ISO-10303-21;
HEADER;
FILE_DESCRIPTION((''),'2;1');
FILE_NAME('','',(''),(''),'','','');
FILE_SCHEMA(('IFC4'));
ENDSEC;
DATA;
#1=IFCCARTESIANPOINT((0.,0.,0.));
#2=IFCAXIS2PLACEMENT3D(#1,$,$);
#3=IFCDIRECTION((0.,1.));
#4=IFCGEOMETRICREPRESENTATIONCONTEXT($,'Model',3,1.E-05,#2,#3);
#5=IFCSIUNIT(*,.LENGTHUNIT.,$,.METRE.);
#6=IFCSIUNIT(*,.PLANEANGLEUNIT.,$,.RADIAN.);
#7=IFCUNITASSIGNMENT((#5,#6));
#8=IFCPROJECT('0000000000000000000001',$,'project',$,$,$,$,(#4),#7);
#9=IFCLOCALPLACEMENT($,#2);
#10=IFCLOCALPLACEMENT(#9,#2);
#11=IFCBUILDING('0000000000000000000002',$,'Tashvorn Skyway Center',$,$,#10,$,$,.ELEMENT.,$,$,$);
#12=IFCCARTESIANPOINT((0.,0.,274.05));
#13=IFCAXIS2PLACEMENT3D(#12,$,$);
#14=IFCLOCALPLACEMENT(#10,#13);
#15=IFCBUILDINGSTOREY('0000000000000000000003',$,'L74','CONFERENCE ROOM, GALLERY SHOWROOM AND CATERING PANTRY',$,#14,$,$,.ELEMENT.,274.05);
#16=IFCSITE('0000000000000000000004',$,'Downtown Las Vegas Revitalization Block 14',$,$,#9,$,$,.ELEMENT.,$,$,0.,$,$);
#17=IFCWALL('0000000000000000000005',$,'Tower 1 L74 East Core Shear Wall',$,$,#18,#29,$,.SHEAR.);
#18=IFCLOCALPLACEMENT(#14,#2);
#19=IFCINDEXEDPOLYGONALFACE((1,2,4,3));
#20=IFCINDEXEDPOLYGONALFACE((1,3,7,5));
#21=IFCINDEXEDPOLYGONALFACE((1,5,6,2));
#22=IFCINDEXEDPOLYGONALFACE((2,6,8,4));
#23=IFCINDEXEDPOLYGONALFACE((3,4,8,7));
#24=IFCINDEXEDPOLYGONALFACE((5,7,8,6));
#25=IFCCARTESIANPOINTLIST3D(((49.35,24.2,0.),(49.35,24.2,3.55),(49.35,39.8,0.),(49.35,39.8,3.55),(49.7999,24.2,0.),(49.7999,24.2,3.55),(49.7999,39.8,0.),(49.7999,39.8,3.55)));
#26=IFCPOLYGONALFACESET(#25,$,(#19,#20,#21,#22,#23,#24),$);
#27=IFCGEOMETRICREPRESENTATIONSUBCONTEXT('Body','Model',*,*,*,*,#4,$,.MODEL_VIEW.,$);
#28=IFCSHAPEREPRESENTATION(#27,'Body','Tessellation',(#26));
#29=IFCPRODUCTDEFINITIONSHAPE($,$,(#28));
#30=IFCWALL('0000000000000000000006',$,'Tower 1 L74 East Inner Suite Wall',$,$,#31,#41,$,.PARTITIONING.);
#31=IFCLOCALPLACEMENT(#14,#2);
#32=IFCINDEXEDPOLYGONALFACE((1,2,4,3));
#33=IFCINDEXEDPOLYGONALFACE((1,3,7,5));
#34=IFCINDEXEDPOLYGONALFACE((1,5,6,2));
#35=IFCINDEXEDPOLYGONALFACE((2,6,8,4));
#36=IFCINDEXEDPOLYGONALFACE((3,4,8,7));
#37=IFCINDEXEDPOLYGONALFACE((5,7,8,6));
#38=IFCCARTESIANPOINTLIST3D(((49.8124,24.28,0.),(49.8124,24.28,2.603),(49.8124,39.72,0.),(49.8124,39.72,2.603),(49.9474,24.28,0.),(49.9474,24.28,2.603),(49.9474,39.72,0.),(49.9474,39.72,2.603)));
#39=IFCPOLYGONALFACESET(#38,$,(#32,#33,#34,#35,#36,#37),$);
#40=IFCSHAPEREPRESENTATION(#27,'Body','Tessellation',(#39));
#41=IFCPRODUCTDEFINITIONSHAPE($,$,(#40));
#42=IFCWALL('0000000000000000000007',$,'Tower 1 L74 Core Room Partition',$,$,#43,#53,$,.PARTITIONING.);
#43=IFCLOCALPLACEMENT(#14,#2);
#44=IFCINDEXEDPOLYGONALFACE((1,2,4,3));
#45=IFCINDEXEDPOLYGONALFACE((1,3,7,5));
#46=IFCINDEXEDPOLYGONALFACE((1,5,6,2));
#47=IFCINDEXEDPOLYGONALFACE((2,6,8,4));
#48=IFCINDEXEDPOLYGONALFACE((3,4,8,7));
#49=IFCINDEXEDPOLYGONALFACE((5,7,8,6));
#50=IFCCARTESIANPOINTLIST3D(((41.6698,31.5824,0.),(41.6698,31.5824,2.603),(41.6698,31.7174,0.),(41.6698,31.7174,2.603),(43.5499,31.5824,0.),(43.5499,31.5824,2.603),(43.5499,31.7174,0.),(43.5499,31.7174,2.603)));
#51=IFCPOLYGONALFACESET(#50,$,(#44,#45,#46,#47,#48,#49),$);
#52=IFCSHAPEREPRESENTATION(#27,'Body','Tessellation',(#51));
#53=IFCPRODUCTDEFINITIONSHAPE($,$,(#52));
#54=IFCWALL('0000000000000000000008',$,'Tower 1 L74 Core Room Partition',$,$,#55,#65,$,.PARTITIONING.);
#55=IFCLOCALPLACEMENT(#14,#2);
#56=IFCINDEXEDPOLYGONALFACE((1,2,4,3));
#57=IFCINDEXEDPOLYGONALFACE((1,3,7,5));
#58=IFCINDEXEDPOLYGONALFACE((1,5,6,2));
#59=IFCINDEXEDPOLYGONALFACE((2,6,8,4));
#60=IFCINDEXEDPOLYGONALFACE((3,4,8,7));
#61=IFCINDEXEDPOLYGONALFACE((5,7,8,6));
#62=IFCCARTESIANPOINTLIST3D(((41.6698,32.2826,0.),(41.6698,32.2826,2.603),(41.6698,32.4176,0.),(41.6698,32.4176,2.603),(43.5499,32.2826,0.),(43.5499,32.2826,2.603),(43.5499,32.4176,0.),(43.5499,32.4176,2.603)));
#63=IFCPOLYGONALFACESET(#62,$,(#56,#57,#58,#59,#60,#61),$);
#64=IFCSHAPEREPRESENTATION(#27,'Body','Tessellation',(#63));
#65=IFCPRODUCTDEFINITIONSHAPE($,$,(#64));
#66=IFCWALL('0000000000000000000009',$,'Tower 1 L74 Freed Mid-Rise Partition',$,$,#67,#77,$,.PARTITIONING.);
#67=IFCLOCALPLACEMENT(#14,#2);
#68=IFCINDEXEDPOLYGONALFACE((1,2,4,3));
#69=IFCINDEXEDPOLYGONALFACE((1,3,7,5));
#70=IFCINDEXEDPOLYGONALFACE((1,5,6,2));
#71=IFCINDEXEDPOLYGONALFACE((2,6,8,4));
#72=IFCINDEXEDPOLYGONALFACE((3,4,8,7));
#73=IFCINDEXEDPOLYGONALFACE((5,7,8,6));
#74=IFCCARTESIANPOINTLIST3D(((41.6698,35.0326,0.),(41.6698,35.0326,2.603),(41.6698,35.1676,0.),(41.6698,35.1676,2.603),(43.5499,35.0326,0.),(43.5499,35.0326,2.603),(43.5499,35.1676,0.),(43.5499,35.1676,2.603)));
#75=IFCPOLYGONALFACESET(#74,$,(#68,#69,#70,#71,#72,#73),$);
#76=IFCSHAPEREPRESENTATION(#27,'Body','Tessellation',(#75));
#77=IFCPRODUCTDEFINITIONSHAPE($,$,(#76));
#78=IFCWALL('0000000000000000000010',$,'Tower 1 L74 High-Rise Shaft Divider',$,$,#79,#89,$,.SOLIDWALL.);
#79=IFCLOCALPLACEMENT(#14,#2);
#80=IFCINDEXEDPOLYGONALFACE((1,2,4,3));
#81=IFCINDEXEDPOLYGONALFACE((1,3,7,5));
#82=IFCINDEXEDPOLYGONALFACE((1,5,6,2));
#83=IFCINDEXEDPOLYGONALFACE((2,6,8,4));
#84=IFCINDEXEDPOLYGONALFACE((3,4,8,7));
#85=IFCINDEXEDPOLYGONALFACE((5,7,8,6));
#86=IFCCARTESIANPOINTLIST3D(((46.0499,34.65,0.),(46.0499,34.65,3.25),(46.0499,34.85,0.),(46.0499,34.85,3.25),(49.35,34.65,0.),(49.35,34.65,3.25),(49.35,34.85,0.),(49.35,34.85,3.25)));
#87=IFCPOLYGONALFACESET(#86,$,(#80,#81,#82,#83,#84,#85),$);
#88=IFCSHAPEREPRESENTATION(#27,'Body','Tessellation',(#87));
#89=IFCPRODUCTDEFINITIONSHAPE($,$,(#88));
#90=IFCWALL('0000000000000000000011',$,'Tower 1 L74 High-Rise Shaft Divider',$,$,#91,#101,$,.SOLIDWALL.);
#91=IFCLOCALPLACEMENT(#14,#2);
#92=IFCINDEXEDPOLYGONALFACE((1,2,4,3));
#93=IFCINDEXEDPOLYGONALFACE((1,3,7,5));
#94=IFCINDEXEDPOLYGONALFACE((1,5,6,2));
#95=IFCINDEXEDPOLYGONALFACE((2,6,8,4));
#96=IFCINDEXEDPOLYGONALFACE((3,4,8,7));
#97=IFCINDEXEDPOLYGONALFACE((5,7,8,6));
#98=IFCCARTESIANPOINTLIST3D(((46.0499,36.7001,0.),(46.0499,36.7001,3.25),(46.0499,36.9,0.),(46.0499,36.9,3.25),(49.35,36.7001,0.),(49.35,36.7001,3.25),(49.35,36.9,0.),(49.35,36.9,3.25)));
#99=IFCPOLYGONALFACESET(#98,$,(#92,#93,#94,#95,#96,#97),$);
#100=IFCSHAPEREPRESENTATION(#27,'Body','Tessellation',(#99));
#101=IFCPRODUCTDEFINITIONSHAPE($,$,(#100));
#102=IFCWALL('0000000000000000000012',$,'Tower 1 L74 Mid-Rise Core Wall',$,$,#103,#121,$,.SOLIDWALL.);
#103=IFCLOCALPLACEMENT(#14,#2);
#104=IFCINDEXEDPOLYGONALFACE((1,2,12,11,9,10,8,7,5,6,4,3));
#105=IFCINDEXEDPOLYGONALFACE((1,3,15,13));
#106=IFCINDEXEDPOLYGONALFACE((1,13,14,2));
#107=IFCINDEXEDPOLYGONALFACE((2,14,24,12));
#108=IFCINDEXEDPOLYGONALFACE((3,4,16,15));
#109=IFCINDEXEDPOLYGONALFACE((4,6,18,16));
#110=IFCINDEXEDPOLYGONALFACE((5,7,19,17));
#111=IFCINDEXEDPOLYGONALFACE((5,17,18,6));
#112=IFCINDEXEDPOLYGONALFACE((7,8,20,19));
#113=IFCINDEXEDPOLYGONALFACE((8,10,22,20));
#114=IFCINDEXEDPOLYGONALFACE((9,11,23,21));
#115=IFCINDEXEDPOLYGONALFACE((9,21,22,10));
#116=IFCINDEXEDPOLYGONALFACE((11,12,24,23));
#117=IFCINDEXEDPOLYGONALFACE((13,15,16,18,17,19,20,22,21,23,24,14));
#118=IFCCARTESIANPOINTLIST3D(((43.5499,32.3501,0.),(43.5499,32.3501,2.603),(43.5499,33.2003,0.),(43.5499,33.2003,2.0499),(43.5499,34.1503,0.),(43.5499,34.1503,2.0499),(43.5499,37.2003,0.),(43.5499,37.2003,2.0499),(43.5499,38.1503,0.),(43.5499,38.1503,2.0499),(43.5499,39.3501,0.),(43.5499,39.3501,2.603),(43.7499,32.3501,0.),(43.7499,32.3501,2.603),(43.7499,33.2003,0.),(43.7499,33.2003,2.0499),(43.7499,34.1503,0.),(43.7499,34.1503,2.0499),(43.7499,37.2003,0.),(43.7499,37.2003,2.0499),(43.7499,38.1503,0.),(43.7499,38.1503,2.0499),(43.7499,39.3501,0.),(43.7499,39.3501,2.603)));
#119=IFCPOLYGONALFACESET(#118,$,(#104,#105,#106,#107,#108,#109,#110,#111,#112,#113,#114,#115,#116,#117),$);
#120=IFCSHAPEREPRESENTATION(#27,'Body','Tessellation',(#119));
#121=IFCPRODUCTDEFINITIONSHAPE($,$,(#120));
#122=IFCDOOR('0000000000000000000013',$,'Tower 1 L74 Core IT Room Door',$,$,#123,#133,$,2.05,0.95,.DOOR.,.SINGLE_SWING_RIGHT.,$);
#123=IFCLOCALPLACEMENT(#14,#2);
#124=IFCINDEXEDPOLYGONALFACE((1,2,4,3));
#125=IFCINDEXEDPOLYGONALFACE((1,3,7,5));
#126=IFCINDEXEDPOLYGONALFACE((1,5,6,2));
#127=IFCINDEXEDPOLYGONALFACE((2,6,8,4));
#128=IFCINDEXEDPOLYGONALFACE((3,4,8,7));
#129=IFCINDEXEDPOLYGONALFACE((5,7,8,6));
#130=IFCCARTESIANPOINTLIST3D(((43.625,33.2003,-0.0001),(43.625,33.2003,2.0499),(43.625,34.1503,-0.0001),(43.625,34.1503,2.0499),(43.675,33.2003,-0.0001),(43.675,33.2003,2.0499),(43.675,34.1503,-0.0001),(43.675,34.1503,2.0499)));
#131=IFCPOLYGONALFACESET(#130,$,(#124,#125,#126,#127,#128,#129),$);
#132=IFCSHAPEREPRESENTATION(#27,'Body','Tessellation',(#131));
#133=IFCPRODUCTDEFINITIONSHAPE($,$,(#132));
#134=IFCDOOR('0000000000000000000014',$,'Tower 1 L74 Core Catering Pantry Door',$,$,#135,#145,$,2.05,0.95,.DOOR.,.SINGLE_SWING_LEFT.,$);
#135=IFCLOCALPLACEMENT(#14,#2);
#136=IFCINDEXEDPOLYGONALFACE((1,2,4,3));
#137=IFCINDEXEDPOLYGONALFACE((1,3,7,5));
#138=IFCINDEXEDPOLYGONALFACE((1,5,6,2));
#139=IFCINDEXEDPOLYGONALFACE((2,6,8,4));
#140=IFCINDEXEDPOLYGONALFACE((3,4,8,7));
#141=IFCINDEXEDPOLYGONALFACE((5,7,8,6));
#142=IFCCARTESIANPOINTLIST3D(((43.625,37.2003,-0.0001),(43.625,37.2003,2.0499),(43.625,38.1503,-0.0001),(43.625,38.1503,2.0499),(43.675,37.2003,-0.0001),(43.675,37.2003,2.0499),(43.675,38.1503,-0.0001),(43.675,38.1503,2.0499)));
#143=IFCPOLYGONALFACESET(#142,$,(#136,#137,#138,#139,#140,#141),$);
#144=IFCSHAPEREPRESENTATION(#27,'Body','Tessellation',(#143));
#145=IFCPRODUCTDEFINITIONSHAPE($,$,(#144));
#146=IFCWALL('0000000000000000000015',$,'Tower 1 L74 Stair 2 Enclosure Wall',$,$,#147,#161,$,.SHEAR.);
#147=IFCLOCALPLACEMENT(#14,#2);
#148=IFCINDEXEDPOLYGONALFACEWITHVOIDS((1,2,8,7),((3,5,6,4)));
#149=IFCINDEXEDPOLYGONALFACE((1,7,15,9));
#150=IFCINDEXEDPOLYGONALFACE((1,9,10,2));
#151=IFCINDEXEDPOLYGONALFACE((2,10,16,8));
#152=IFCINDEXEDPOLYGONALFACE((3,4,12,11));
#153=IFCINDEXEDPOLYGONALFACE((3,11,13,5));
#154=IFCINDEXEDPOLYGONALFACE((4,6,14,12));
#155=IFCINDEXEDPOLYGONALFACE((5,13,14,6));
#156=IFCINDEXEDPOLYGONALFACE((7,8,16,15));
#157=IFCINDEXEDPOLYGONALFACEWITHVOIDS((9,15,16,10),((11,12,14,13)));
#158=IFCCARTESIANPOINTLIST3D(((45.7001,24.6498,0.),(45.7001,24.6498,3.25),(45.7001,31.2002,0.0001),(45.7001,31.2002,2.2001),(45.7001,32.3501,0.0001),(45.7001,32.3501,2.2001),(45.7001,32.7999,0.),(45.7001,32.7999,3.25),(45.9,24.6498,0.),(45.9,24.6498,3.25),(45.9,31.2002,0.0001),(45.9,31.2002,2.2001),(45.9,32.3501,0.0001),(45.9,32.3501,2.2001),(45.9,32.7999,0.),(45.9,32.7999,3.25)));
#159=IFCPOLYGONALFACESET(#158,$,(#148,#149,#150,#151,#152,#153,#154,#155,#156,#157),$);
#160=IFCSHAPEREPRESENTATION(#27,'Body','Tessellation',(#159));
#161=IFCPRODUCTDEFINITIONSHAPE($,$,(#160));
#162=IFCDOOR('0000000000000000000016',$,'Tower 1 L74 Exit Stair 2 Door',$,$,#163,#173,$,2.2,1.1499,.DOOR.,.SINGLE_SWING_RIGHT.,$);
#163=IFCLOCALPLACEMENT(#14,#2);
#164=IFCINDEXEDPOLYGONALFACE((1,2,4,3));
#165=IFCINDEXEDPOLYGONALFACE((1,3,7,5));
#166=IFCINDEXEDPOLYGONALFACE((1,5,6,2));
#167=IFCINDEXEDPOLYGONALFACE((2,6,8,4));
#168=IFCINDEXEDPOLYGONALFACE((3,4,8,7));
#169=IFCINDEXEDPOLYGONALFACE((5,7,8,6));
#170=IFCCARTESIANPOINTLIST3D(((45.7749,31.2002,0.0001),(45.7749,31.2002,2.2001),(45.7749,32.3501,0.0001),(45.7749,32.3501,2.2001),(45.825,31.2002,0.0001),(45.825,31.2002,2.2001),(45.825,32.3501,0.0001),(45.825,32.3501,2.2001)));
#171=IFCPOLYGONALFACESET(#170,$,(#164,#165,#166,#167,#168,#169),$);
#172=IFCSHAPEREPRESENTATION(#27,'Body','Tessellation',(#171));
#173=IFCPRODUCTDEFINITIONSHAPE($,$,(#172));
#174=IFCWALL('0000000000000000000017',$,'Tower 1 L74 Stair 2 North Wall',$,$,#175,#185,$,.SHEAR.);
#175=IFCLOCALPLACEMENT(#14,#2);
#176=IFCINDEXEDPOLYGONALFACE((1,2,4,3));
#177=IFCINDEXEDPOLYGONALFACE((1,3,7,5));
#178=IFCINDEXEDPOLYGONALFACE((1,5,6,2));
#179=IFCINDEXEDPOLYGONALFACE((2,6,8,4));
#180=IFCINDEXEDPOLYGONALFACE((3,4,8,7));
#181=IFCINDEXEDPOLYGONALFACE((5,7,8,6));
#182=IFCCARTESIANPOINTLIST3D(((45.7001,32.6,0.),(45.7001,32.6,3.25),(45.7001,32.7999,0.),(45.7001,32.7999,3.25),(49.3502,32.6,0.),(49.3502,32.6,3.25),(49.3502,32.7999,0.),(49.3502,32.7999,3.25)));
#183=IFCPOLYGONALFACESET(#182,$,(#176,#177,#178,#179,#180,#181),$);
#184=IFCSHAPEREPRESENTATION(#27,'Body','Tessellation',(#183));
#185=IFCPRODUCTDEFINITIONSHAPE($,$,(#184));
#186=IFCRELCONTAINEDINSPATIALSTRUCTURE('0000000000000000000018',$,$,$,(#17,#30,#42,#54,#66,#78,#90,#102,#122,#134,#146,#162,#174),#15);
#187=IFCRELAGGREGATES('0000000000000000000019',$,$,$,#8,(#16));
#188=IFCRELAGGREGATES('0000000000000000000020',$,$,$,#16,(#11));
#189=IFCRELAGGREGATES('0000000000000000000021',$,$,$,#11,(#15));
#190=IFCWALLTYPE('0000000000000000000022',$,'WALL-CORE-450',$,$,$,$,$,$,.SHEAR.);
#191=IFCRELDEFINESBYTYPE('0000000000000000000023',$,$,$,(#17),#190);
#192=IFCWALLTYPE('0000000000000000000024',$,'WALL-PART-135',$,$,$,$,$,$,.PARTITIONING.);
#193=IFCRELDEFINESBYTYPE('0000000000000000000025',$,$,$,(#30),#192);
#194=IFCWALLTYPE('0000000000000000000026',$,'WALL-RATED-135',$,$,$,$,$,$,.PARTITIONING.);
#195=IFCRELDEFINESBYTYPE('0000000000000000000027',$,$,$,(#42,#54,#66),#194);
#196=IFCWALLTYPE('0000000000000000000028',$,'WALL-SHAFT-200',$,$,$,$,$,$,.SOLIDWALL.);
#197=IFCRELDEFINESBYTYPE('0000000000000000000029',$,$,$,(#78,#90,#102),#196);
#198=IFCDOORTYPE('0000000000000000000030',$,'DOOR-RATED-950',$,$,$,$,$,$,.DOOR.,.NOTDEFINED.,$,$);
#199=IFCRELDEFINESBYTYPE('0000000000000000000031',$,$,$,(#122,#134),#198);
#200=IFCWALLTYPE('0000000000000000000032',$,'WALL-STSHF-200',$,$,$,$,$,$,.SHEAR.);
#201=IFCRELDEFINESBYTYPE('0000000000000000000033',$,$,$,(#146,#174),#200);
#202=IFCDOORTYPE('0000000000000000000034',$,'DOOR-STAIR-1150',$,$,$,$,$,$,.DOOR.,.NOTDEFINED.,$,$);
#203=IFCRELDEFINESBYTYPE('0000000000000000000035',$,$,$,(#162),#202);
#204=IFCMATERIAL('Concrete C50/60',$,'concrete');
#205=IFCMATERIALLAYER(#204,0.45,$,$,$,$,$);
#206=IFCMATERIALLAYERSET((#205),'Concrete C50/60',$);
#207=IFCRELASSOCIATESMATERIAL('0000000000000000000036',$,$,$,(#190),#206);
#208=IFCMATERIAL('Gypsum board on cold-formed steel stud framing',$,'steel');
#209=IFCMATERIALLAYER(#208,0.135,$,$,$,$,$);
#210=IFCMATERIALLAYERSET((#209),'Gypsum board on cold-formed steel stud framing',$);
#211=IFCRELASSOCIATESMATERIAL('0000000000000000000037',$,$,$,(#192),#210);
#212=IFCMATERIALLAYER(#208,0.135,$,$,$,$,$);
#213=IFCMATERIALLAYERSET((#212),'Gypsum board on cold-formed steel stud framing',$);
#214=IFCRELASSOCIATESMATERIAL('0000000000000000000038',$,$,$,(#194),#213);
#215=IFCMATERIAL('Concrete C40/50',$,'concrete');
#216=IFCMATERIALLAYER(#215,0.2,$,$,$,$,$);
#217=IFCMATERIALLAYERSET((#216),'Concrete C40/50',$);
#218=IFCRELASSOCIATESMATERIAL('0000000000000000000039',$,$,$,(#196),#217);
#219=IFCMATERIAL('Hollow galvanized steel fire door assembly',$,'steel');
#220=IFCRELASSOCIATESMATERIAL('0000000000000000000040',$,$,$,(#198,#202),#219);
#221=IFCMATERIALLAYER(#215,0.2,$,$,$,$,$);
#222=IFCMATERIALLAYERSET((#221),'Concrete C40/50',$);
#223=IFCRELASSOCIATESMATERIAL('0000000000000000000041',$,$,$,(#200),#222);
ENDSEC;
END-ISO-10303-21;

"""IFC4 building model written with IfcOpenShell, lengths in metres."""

from ifc_helpers import new_model, si_unit, direction, frame, frame_2d, origin, place, context, subcontext, project, spatial, rectangle, extrude, material, layer, layer_set, type_object, element, fill, save


model = new_model("IFC4")

# Units and contexts
model_context = context("Model", 3, precision=1e-05, world=origin(), true_north=direction((0.0, 1.0)))
body_context = subcontext(model_context, "Body", "Model", "MODEL_VIEW")
ifc_project = project(units=[si_unit("LENGTHUNIT", "METRE"), si_unit("PLANEANGLEUNIT", "RADIAN")], contexts=[model_context])

# Site, building, storey
site_placement = place(None, origin())
site = spatial("IfcSite", under=ifc_project, at=site_placement, Name="Downtown Las Vegas Revitalization Block 14", CompositionType="ELEMENT", RefElevation=0.0)
building_placement = place(site_placement, origin())
building = spatial("IfcBuilding", under=site, at=building_placement, Name="Tashvorn Skyway Center", CompositionType="ELEMENT")
storey_placement = place(building_placement, frame((0.0, 0.0, 274.05)))
storey = spatial("IfcBuildingStorey", under=building, at=storey_placement, Name="L74", Description="CONFERENCE ROOM, GALLERY SHOWROOM AND CATERING PANTRY", CompositionType="ELEMENT", Elevation=274.05)

# Walls
ifc_material_1 = material(Name="Concrete C50/60", Category="concrete")
ifc_layer_1 = layer(ifc_material_1, 0.45)
ifc_layer_set_1 = layer_set([ifc_layer_1], Name="Concrete C50/60")
wall_type_1 = type_object("IfcWallType", Name="WALL-CORE-450", PredefinedType="SHEAR", material=ifc_layer_set_1)
wall_1_placement = place(storey_placement, frame((49.575, 39.8, 0.0), z_axis=(0.0, 0.0, 1.0), x_axis=(0.0, -1.0, 0.0)))
element("IfcWall", 1, at=wall_1_placement, inside=storey, type_object=wall_type_1, Name="Tower 1 L74 East Core Shear Wall", PredefinedType="SHEAR", context=body_context, shape_type="SweptSolid", body=[
    extrude(rectangle(XDim=15.6001, YDim=0.45, at=frame_2d((7.8, 0.0))), origin(), (0.0, 0.0, 1.0), 3.55),
])
ifc_material_2 = material(Name="Gypsum board on cold-formed steel stud framing", Category="steel")
ifc_layer_2 = layer(ifc_material_2, 0.135)
ifc_layer_set_2 = layer_set([ifc_layer_2], Name="Gypsum board on cold-formed steel stud framing")
wall_type_2 = type_object("IfcWallType", Name="WALL-PART-135", PredefinedType="PARTITIONING", material=ifc_layer_set_2)
wall_2_placement = place(storey_placement, frame((49.8799, 39.72, 0.0), z_axis=(0.0, 0.0, 1.0), x_axis=(0.0, -1.0, 0.0)))
element("IfcWall", 2, at=wall_2_placement, inside=storey, type_object=wall_type_2, Name="Tower 1 L74 East Inner Suite Wall", PredefinedType="PARTITIONING", context=body_context, shape_type="SweptSolid", body=[
    extrude(rectangle(XDim=15.4399, YDim=0.135, at=frame_2d((7.72, 0.0))), origin(), (0.0, 0.0, 1.0), 2.603),
])
ifc_layer_3 = layer(ifc_material_2, 0.135)
ifc_layer_set_3 = layer_set([ifc_layer_3], Name="Gypsum board on cold-formed steel stud framing")
wall_type_3 = type_object("IfcWallType", Name="WALL-RATED-135", PredefinedType="PARTITIONING", material=ifc_layer_set_3)
for number, where, z_axis, x_axis, name in (
    (3, (41.6699, 31.6499, 0.0), (0.0, 0.0, 1.0), (1.0, 0.0, 0.0), "Tower 1 L74 Core Room Partition"),
    (4, (41.6699, 32.3501, 0.0), (0.0, 0.0, 1.0), (1.0, 0.0, 0.0), "Tower 1 L74 Core Room Partition"),
    (5, (41.6699, 35.1001, 0.0), (0.0, 0.0, 1.0), (1.0, 0.0, 0.0), "Tower 1 L74 Freed Mid-Rise Partition"),
):
    element("IfcWall", number, at=place(storey_placement, frame(where, z_axis=z_axis, x_axis=x_axis)), inside=storey, type_object=wall_type_3, Name=name, PredefinedType="PARTITIONING", context=body_context, shape_type="SweptSolid", body=[
        extrude(rectangle(XDim=1.8801, YDim=0.135, at=frame_2d((0.9399, 0.0))), origin(), (0.0, 0.0, 1.0), 2.603),
    ])
ifc_material_3 = material(Name="Concrete C40/50", Category="concrete")
ifc_layer_4 = layer(ifc_material_3, 0.2)
ifc_layer_set_4 = layer_set([ifc_layer_4], Name="Concrete C40/50")
wall_type_4 = type_object("IfcWallType", Name="WALL-SHAFT-200", PredefinedType="SOLIDWALL", material=ifc_layer_set_4)
for number, where, z_axis, x_axis, name in (
    (6, (46.05, 34.75, 0.0), (0.0, 0.0, 1.0), (1.0, 0.0, 0.0), "Tower 1 L74 High-Rise Shaft Divider"),
    (7, (46.05, 36.8, 0.0), (0.0, 0.0, 1.0), (1.0, 0.0, 0.0), "Tower 1 L74 High-Rise Shaft Divider"),
):
    element("IfcWall", number, at=place(storey_placement, frame(where, z_axis=z_axis, x_axis=x_axis)), inside=storey, type_object=wall_type_4, Name=name, PredefinedType="SOLIDWALL", context=body_context, shape_type="SweptSolid", body=[
        extrude(rectangle(XDim=3.3, YDim=0.2, at=frame_2d((1.6499, 0.0))), origin(), (0.0, 0.0, 1.0), 3.25),
    ])

# Wall, openings, doors
wall_3_placement = place(storey_placement, frame((43.6499, 32.3501, 0.0), z_axis=(0.0, 0.0, 1.0), x_axis=(0.0, 1.0, 0.0)))
wall_3 = element("IfcWall", 8, at=wall_3_placement, inside=storey, type_object=wall_type_4, Name="Tower 1 L74 Mid-Rise Core Wall", PredefinedType="SOLIDWALL", context=body_context, shape_type="SweptSolid", body=[
    extrude(rectangle(XDim=7.0, YDim=0.2, at=frame_2d((3.5, 0.0))), origin(), (0.0, 0.0, 1.0), 2.603),
])
opening_1_placement = place(wall_3_placement, frame((0.8501, 0.0, 0.0)))
opening_1 = element("IfcOpeningElement", 9, at=opening_1_placement, cuts=wall_3, PredefinedType="OPENING", context=body_context, shape_type="SweptSolid", body=[
    extrude(rectangle(XDim=0.95, YDim=2.05, at=frame_2d((0.4751, 1.0249))), frame((0.0, 0.1099, 0.0), z_axis=(0.0, -1.0, 0.0), x_axis=(1.0, 0.0, 0.0)), (0.0, 0.0, 1.0), 0.22),
])
opening_2_placement = place(wall_3_placement, frame((4.8501, 0.0, 0.0)))
opening_2 = element("IfcOpeningElement", 10, at=opening_2_placement, cuts=wall_3, PredefinedType="OPENING", context=body_context, shape_type="SweptSolid", body=[
    extrude(rectangle(XDim=0.95, YDim=2.05, at=frame_2d((0.4751, 1.0249))), frame((0.0, 0.1099, 0.0), z_axis=(0.0, -1.0, 0.0), x_axis=(1.0, 0.0, 0.0)), (0.0, 0.0, 1.0), 0.22),
])
ifc_material_4 = material(Name="Hollow galvanized steel fire door assembly", Category="steel")
door_type_1 = type_object("IfcDoorType", Name="DOOR-RATED-950", OperationType="NOTDEFINED", PredefinedType="DOOR", material=ifc_material_4)
door_1_placement = place(opening_1_placement, origin())
door_1 = element("IfcDoor", 11, at=door_1_placement, inside=storey, type_object=door_type_1, Name="Tower 1 L74 Core IT Room Door", OperationType="SINGLE_SWING_RIGHT", OverallHeight=2.05, OverallWidth=0.95, PredefinedType="DOOR", context=body_context, shape_type="SweptSolid", body=[
    extrude(rectangle(XDim=0.95, YDim=2.05, at=frame_2d((0.4751, 1.0249))), frame((0.0, 0.0249, 0.0), z_axis=(0.0, -1.0, 0.0), x_axis=(1.0, 0.0, 0.0)), (0.0, 0.0, 1.0), 0.05),
])
fill(opening_1, door_1)
door_2_placement = place(opening_2_placement, origin())
door_2 = element("IfcDoor", 12, at=door_2_placement, inside=storey, type_object=door_type_1, Name="Tower 1 L74 Core Catering Pantry Door", OperationType="SINGLE_SWING_LEFT", OverallHeight=2.05, OverallWidth=0.95, PredefinedType="DOOR", context=body_context, shape_type="SweptSolid", body=[
    extrude(rectangle(XDim=0.95, YDim=2.05, at=frame_2d((0.4751, 1.0249))), frame((0.0, 0.0249, 0.0), z_axis=(0.0, -1.0, 0.0), x_axis=(1.0, 0.0, 0.0)), (0.0, 0.0, 1.0), 0.05),
])
fill(opening_2, door_2)

# Wall, opening, door
ifc_layer_5 = layer(ifc_material_3, 0.2)
ifc_layer_set_5 = layer_set([ifc_layer_5], Name="Concrete C40/50")
wall_type_5 = type_object("IfcWallType", Name="WALL-STSHF-200", PredefinedType="SHEAR", material=ifc_layer_set_5)
wall_4_placement = place(storey_placement, frame((45.8, 32.8, 0.0), z_axis=(0.0, 0.0, 1.0), x_axis=(0.0, -1.0, 0.0)))
wall_4 = element("IfcWall", 13, at=wall_4_placement, inside=storey, type_object=wall_type_5, Name="Tower 1 L74 Stair 2 Enclosure Wall", PredefinedType="SHEAR", context=body_context, shape_type="SweptSolid", body=[
    extrude(rectangle(XDim=8.1501, YDim=0.2, at=frame_2d((4.0752, 0.0))), origin(), (0.0, 0.0, 1.0), 3.25),
])
opening_3_placement = place(wall_4_placement, frame((0.45, 0.0, 0.0)))
opening_3 = element("IfcOpeningElement", 14, at=opening_3_placement, cuts=wall_4, PredefinedType="OPENING", context=body_context, shape_type="SweptSolid", body=[
    extrude(rectangle(XDim=1.1499, YDim=2.2, at=frame_2d((0.575, 1.1001))), frame((0.0, 0.1099, 0.0), z_axis=(0.0, -1.0, 0.0), x_axis=(1.0, 0.0, 0.0)), (0.0, 0.0, 1.0), 0.22),
])
door_type_2 = type_object("IfcDoorType", Name="DOOR-STAIR-1150", OperationType="NOTDEFINED", PredefinedType="DOOR", material=ifc_material_4)
door_3_placement = place(opening_3_placement, origin())
door_3 = element("IfcDoor", 15, at=door_3_placement, inside=storey, type_object=door_type_2, Name="Tower 1 L74 Exit Stair 2 Door", OperationType="SINGLE_SWING_RIGHT", OverallHeight=2.2, OverallWidth=1.1499, PredefinedType="DOOR", context=body_context, shape_type="SweptSolid", body=[
    extrude(rectangle(XDim=1.1499, YDim=2.2, at=frame_2d((0.575, 1.1001))), frame((0.0, 0.0249, 0.0), z_axis=(0.0, -1.0, 0.0), x_axis=(1.0, 0.0, 0.0)), (0.0, 0.0, 1.0), 0.05),
])
fill(opening_3, door_3)

# Wall
wall_5_placement = place(storey_placement, frame((45.7, 32.7, 0.0), z_axis=(0.0, 0.0, 1.0), x_axis=(1.0, 0.0, 0.0)))
element("IfcWall", 16, at=wall_5_placement, inside=storey, type_object=wall_type_5, Name="Tower 1 L74 Stair 2 North Wall", PredefinedType="SHEAR", context=body_context, shape_type="SweptSolid", body=[
    extrude(rectangle(XDim=3.6501, YDim=0.2, at=frame_2d((1.8252, 0.0))), origin(), (0.0, 0.0, 1.0), 3.25),
])

save(model, "model.ifc")
